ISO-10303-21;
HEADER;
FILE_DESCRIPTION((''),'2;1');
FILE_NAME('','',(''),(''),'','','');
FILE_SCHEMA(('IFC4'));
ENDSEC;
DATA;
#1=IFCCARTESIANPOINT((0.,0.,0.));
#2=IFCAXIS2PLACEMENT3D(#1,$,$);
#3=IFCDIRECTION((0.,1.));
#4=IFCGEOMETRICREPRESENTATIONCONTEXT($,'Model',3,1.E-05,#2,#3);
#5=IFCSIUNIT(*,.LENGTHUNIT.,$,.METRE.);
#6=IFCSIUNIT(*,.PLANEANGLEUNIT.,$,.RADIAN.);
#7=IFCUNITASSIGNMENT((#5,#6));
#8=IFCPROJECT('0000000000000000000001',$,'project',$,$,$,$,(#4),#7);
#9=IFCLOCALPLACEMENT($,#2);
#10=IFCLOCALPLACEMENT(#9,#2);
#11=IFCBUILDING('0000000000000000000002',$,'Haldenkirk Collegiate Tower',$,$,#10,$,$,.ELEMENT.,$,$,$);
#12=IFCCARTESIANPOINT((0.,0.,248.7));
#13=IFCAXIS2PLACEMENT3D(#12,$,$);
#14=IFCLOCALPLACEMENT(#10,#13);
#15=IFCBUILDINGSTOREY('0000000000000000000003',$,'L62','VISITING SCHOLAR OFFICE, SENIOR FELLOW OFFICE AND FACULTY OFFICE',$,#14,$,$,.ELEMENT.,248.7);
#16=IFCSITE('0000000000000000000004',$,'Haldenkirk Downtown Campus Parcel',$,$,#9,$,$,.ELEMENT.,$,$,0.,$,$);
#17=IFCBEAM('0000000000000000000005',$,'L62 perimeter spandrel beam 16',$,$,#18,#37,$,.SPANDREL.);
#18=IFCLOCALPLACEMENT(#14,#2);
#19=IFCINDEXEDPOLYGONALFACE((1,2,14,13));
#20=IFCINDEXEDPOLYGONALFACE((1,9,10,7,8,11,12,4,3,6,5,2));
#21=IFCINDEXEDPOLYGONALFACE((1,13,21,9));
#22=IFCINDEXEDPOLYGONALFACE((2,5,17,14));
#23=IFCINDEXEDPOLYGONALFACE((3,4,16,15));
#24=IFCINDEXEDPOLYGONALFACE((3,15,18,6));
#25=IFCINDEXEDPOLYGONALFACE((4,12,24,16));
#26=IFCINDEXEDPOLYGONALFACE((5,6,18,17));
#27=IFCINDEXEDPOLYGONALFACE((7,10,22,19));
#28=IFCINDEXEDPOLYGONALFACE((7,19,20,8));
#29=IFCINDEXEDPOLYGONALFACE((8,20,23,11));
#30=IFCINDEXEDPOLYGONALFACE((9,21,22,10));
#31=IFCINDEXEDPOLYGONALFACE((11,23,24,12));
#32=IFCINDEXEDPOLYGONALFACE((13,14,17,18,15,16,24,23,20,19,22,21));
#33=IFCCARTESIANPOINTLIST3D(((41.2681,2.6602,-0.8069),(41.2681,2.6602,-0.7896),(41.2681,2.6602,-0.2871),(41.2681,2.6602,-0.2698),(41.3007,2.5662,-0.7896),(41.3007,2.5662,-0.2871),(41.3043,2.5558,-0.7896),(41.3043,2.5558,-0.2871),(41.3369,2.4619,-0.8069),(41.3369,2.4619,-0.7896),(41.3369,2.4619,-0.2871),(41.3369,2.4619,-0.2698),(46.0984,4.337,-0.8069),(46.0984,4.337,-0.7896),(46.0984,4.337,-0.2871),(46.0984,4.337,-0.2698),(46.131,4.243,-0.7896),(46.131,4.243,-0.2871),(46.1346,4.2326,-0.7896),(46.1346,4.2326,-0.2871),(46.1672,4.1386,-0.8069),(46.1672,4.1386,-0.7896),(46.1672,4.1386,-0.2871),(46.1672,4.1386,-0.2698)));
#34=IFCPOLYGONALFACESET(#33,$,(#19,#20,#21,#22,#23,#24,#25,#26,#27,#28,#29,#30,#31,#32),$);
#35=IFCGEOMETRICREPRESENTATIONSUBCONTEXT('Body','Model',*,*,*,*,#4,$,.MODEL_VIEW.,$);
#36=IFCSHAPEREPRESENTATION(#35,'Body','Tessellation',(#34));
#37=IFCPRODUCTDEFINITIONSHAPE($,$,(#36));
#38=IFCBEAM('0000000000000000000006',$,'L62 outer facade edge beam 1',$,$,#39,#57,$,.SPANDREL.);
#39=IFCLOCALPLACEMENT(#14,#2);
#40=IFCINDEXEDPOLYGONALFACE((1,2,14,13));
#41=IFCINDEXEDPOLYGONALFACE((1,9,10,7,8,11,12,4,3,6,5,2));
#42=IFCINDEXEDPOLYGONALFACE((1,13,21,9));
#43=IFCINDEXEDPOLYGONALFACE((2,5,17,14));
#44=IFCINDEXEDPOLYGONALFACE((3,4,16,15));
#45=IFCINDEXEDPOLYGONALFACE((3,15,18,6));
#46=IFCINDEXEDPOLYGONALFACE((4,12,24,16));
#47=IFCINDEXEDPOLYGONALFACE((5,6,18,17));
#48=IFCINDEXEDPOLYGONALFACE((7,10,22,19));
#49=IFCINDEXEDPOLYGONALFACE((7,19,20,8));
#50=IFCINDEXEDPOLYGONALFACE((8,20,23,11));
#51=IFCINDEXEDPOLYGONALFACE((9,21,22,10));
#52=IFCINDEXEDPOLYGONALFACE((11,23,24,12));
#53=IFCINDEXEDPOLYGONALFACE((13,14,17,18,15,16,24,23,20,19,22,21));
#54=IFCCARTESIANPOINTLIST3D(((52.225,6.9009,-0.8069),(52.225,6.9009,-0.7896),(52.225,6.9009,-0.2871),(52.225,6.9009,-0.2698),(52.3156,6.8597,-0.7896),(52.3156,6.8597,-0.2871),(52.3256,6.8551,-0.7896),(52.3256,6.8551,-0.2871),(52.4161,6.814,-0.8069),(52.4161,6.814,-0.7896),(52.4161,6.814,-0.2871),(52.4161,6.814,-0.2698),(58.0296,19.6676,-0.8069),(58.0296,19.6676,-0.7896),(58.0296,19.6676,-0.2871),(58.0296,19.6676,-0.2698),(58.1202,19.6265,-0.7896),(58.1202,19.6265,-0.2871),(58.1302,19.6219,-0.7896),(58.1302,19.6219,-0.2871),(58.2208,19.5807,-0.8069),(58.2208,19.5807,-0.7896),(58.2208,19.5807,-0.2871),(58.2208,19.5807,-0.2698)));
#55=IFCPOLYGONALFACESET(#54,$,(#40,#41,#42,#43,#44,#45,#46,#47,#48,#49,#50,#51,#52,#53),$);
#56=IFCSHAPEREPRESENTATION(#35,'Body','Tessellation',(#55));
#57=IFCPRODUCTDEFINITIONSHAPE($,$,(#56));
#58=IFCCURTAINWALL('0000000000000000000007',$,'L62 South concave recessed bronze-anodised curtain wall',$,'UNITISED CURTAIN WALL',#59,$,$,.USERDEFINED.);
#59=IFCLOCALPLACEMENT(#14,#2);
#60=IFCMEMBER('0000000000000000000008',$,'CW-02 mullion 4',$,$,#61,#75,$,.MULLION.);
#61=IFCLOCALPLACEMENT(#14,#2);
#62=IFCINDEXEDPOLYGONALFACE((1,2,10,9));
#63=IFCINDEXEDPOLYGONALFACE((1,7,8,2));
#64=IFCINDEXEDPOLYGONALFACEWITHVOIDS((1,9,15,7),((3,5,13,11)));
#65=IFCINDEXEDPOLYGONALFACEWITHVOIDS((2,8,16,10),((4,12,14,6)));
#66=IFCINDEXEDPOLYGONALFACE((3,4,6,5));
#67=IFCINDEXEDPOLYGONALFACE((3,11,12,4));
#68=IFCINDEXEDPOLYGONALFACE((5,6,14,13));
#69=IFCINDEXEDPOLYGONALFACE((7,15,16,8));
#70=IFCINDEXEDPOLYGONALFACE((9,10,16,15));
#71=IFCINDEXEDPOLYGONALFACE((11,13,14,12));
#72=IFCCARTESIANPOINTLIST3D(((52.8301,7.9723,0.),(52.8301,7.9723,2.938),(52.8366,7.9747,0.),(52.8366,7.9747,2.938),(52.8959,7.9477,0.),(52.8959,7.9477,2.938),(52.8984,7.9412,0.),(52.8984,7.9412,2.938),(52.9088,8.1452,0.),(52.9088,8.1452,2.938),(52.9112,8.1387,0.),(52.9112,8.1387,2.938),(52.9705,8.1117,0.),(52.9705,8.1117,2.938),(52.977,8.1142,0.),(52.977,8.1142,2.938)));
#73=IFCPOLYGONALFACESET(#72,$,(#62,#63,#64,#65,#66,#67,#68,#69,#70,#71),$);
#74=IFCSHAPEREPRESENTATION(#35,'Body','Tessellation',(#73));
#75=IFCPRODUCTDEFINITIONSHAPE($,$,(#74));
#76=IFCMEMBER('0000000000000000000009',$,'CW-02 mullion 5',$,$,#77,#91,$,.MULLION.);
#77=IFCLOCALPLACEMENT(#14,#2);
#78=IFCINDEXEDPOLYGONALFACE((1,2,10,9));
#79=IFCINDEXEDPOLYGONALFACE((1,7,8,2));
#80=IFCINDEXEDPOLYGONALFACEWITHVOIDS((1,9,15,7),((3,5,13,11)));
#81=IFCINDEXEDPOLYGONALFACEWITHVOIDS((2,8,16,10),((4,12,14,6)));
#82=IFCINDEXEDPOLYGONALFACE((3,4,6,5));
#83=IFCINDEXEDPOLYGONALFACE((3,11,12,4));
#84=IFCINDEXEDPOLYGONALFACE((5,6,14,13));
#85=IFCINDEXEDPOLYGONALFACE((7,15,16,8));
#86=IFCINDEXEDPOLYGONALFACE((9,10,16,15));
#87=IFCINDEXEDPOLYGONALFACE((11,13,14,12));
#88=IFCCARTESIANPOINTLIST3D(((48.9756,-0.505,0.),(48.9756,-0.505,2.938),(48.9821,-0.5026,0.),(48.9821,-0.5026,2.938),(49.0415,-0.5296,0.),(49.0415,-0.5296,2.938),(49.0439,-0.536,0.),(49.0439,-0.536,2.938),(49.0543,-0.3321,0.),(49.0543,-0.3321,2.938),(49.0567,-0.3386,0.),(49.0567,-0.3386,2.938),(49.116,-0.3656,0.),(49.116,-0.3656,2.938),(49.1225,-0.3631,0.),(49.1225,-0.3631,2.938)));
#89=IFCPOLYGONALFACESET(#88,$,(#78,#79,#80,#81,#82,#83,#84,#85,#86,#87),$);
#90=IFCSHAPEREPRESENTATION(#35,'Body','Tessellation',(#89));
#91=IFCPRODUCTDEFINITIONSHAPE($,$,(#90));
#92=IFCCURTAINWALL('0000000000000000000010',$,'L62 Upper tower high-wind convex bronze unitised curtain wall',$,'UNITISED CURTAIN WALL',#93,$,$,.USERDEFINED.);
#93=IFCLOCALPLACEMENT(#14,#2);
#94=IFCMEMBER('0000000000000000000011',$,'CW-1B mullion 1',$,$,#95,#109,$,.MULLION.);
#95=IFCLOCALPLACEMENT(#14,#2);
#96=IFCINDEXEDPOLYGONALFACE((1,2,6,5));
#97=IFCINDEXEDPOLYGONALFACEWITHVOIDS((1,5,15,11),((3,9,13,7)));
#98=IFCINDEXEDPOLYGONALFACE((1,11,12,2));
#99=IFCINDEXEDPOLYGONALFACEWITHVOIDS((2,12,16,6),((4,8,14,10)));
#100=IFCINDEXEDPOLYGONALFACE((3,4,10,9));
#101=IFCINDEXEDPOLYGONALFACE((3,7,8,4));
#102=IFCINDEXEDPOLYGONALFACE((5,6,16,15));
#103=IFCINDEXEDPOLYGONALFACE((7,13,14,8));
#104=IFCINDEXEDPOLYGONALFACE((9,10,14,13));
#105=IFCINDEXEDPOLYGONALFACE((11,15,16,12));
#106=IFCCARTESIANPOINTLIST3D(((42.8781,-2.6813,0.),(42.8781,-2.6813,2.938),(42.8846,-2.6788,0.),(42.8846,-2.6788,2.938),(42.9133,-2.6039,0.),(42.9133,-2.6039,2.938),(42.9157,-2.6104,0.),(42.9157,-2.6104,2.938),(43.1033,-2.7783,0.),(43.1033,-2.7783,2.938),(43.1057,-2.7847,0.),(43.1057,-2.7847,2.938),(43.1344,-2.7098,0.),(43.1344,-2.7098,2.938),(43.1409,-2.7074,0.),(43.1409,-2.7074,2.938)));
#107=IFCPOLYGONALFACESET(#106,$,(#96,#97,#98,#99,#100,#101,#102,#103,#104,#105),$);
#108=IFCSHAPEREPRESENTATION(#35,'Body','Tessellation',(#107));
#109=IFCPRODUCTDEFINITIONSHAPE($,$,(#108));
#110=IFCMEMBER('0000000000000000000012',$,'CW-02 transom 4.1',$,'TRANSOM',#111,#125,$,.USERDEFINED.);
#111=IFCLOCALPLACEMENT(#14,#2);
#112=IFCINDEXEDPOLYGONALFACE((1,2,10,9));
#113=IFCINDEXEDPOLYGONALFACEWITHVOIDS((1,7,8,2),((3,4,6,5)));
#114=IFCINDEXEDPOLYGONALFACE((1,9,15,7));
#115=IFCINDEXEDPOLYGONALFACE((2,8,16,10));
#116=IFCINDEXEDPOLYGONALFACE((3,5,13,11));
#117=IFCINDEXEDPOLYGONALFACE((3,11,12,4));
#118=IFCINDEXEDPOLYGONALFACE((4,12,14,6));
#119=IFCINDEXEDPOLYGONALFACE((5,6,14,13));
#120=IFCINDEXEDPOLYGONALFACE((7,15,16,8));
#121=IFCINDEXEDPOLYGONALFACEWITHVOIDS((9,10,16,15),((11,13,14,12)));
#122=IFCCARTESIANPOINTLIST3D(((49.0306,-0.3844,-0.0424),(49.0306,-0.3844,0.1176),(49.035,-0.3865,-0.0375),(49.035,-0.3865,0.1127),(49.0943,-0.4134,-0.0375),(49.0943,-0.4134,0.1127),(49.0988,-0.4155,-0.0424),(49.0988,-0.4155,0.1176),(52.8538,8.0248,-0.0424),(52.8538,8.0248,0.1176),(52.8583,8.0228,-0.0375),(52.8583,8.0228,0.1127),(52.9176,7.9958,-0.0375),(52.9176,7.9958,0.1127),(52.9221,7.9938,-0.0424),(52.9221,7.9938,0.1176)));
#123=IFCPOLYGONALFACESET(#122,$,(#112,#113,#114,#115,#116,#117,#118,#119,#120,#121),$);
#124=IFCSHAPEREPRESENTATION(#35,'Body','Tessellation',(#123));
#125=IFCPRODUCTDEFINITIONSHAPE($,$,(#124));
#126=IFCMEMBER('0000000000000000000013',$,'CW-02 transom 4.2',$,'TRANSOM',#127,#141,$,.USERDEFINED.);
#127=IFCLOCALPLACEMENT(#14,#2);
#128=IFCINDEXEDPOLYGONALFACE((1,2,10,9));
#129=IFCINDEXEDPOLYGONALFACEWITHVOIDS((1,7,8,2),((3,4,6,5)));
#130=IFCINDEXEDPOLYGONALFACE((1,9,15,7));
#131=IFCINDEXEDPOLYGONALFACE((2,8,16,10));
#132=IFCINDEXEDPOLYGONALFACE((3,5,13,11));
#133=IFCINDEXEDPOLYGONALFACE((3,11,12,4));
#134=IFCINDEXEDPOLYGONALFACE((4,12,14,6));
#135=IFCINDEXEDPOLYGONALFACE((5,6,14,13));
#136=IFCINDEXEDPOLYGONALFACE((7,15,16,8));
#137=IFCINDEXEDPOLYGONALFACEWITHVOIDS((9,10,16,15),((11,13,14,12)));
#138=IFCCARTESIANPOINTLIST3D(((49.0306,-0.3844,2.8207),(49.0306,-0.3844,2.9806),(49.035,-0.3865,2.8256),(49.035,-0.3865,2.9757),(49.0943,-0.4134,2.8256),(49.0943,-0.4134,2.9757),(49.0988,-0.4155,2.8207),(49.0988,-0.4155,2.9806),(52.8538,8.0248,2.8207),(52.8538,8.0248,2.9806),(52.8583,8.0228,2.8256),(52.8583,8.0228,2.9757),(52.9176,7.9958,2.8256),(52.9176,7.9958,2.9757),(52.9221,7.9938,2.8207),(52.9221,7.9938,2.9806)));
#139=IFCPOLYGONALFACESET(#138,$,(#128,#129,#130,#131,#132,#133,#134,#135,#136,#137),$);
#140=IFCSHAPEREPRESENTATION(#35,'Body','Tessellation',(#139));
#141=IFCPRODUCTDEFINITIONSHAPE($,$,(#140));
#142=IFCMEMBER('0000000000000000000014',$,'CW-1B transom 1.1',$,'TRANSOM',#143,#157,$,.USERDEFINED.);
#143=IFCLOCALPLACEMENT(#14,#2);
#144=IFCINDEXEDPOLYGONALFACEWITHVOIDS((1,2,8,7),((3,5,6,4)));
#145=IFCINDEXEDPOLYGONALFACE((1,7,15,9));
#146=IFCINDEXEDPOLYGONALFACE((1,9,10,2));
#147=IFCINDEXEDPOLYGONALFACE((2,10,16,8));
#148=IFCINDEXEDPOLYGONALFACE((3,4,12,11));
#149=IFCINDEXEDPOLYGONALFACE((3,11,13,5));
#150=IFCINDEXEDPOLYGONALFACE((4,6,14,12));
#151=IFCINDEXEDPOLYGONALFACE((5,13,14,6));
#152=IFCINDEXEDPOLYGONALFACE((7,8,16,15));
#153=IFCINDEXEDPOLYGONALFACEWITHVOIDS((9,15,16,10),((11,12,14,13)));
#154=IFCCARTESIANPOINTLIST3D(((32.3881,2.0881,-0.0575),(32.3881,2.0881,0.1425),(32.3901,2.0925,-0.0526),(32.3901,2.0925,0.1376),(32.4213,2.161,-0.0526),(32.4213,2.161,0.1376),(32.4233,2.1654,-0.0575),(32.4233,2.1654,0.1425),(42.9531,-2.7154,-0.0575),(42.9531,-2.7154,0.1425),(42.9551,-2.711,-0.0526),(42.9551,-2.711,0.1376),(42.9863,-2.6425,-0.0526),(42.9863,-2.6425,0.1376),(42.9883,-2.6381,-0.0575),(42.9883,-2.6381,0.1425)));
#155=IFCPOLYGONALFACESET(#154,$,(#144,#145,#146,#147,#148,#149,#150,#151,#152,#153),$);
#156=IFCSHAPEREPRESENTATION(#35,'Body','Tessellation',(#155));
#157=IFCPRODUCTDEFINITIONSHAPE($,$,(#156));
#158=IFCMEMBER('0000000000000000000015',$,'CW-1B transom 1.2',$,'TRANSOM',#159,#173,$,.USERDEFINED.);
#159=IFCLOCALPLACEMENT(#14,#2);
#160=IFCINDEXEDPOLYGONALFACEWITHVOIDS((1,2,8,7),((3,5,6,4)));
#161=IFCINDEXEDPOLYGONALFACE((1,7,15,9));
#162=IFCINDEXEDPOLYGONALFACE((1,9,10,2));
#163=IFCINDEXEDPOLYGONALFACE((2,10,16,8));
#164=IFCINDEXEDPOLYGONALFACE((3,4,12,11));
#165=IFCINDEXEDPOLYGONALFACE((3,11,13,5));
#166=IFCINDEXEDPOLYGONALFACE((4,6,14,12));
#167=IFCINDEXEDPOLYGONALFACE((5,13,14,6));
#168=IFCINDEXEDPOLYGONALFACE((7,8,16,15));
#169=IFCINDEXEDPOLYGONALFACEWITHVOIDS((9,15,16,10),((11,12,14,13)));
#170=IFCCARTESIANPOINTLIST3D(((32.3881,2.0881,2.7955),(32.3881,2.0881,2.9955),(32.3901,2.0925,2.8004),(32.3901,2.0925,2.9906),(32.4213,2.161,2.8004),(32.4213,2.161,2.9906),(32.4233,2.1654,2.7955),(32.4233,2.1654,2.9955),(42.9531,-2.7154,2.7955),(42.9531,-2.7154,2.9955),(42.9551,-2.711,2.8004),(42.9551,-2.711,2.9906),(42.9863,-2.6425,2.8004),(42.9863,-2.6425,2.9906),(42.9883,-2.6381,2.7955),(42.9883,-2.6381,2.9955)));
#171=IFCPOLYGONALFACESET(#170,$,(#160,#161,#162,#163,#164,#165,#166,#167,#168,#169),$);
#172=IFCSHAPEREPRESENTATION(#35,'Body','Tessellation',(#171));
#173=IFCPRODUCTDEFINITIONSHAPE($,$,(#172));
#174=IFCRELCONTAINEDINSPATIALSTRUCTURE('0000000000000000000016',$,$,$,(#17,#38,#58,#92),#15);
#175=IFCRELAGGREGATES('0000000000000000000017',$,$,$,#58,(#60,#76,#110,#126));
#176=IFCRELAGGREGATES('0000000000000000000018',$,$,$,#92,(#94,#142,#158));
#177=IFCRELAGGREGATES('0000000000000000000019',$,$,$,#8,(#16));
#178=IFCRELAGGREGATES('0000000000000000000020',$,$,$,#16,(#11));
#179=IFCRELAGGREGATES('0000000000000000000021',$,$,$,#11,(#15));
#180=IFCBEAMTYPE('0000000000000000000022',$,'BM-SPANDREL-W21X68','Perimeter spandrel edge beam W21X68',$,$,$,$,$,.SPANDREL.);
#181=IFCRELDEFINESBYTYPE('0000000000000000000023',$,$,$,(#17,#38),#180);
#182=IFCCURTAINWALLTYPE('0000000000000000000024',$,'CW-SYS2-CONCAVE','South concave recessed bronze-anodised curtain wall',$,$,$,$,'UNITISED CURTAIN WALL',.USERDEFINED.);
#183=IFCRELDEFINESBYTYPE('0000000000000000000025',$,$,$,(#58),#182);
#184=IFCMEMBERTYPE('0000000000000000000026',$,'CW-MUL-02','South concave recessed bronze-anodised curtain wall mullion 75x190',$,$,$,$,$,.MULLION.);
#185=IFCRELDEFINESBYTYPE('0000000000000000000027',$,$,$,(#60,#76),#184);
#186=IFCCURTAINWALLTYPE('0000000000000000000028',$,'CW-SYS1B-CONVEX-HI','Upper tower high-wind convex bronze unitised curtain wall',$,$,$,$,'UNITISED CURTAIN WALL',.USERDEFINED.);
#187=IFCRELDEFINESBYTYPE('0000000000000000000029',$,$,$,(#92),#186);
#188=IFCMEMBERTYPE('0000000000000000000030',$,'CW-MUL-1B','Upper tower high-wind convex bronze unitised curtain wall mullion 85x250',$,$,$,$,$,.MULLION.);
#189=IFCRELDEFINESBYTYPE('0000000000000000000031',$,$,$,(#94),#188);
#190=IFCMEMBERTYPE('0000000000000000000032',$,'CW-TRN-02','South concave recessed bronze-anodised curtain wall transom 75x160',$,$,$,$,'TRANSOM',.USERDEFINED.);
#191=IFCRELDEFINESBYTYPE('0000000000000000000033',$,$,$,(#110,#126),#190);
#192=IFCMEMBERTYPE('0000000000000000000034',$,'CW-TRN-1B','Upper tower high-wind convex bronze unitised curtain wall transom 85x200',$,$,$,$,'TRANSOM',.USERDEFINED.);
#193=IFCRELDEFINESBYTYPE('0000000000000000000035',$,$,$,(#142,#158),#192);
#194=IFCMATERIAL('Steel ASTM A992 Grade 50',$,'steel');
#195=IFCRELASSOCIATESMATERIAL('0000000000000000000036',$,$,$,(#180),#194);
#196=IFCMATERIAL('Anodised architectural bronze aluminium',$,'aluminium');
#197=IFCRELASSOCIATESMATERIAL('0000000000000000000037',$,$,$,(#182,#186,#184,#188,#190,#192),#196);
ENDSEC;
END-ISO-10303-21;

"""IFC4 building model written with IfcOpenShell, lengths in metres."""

from ifc_helpers import new_model, si_unit, direction, frame, origin, origin_2d, place, context, subcontext, project, spatial, hollow_rectangle, i_section, extrude, material, material_profile, profile_set, type_object, element, aggregate, save


model = new_model("IFC4")

# Units and contexts
model_context = context("Model", 3, precision=1e-05, world=origin(), true_north=direction((0.0, 1.0)))
body_context = subcontext(model_context, "Body", "Model", "MODEL_VIEW")
ifc_project = project(units=[si_unit("LENGTHUNIT", "METRE"), si_unit("PLANEANGLEUNIT", "RADIAN")], contexts=[model_context])

# Site, building, storey
site_placement = place(None, origin())
site = spatial("IfcSite", under=ifc_project, at=site_placement, Name="Haldenkirk Downtown Campus Parcel", CompositionType="ELEMENT", RefElevation=0.0)
building_placement = place(site_placement, origin())
building = spatial("IfcBuilding", under=site, at=building_placement, Name="Haldenkirk Collegiate Tower", CompositionType="ELEMENT")
storey_placement = place(building_placement, frame((0.0, 0.0, 248.7)))
storey = spatial("IfcBuildingStorey", under=building, at=storey_placement, Name="L62", Description="VISITING SCHOLAR OFFICE, SENIOR FELLOW OFFICE AND FACULTY OFFICE", CompositionType="ELEMENT", Elevation=248.7)

# Beams
ifc_material_1 = material(Name="Steel ASTM A992 Grade 50", Category="steel")
ifc_material_profile_1 = material_profile(ifc_material_1, i_section(OverallWidth=0.21, OverallDepth=0.5371, WebThickness=0.011, FlangeThickness=0.0173, at=origin_2d()), Name="W21X68")
ifc_profile_set_1 = profile_set([ifc_material_profile_1], Name="Steel ASTM A992 Grade 50")
beam_type_1 = type_object("IfcBeamType", Name="BM-SPANDREL-W21X68", Description="Perimeter spandrel edge beam W21X68", PredefinedType="SPANDREL", material=ifc_profile_set_1)
beam_1_placement = place(storey_placement, frame((41.3025, 2.561, -0.5383), z_axis=(0.9447, 0.327935, 0.0), x_axis=(-0.327935, 0.9447, 0.0)))
element("IfcBeam", 1, at=beam_1_placement, inside=storey, type_object=beam_type_1, Name="L62 perimeter spandrel beam 16", PredefinedType="SPANDREL", context=body_context, shape_type="SweptSolid", body=[
    extrude(i_section(OverallWidth=0.21, OverallDepth=0.5371, WebThickness=0.011, FlangeThickness=0.0173, at=origin_2d()), origin(), (0.0, 0.0, 1.0), 5.113),
])
beam_2_placement = place(storey_placement, frame((52.3206, 6.8574, -0.5383), z_axis=(0.413896, 0.910324, 0.0), x_axis=(-0.910324, 0.413896, 0.0)))
element("IfcBeam", 2, at=beam_2_placement, inside=storey, type_object=beam_type_1, Name="L62 outer facade edge beam 1", PredefinedType="SPANDREL", context=body_context, shape_type="SweptSolid", body=[
    extrude(i_section(OverallWidth=0.21, OverallDepth=0.5371, WebThickness=0.011, FlangeThickness=0.0173, at=origin_2d()), origin(), (0.0, 0.0, 1.0), 14.0244),
])

# Curtain wall, members
ifc_material_2 = material(Name="Anodised architectural bronze aluminium", Category="aluminium")
curtain_wall_type_1 = type_object("IfcCurtainWallType", Name="CW-SYS2-CONCAVE", Description="South concave recessed bronze-anodised curtain wall", ElementType="UNITISED CURTAIN WALL", PredefinedType="USERDEFINED", material=ifc_material_2)
curtain_wall_1_placement = place(storey_placement, origin())
curtain_wall_1 = element("IfcCurtainWall", 3, at=curtain_wall_1_placement, inside=storey, type_object=curtain_wall_type_1, Name="L62 South concave recessed bronze-anodised curtain wall", ObjectType="UNITISED CURTAIN WALL", PredefinedType="USERDEFINED")
ifc_material_profile_2 = material_profile(ifc_material_2, hollow_rectangle(XDim=0.075, YDim=0.1899, WallThickness=0.0049, at=origin_2d()), Name="CW-MUL-02")
ifc_profile_set_2 = profile_set([ifc_material_profile_2], Name="Anodised architectural bronze aluminium")
member_type_1 = type_object("IfcMemberType", Name="CW-MUL-02", Description="South concave recessed bronze-anodised curtain wall mullion 75x190", PredefinedType="MULLION", material=ifc_profile_set_2)
member_1_placement = place(storey_placement, frame((52.9036, 8.0432, 0.0), z_axis=(0.0, 0.0, 1.0), x_axis=(0.910323, -0.413898, 0.0)))
member_1 = element("IfcMember", 4, at=member_1_placement, type_object=member_type_1, Name="CW-02 mullion 4", PredefinedType="MULLION", context=body_context, shape_type="SweptSolid", body=[
    extrude(hollow_rectangle(XDim=0.075, YDim=0.1899, WallThickness=0.0049, at=origin_2d()), origin(), (0.0, 0.0, 1.0), 2.938),
])
member_2_placement = place(storey_placement, frame((49.0491, -0.4341, 0.0), z_axis=(0.0, 0.0, 1.0), x_axis=(0.910323, -0.413898, 0.0)))
member_2 = element("IfcMember", 5, at=member_2_placement, type_object=member_type_1, Name="CW-02 mullion 5", PredefinedType="MULLION", context=body_context, shape_type="SweptSolid", body=[
    extrude(hollow_rectangle(XDim=0.075, YDim=0.1899, WallThickness=0.0049, at=origin_2d()), origin(), (0.0, 0.0, 1.0), 2.938),
])

# Curtain wall, member
curtain_wall_type_2 = type_object("IfcCurtainWallType", Name="CW-SYS1B-CONVEX-HI", Description="Upper tower high-wind convex bronze unitised curtain wall", ElementType="UNITISED CURTAIN WALL", PredefinedType="USERDEFINED", material=ifc_material_2)
curtain_wall_2_placement = place(storey_placement, origin())
curtain_wall_2 = element("IfcCurtainWall", 6, at=curtain_wall_2_placement, inside=storey, type_object=curtain_wall_type_2, Name="L62 Upper tower high-wind convex bronze unitised curtain wall", ObjectType="UNITISED CURTAIN WALL", PredefinedType="USERDEFINED")
ifc_material_profile_3 = material_profile(ifc_material_2, hollow_rectangle(XDim=0.085, YDim=0.25, WallThickness=0.0049, at=origin_2d()), Name="CW-MUL-1B")
ifc_profile_set_3 = profile_set([ifc_material_profile_3], Name="Anodised architectural bronze aluminium")
member_type_2 = type_object("IfcMemberType", Name="CW-MUL-1B", Description="Upper tower high-wind convex bronze unitised curtain wall mullion 85x250", PredefinedType="MULLION", material=ifc_profile_set_3)
member_3_placement = place(storey_placement, frame((43.0095, -2.6943, 0.0), z_axis=(0.0, 0.0, 1.0), x_axis=(-0.413898, -0.910323, 0.0)))
member_3 = element("IfcMember", 7, at=member_3_placement, type_object=member_type_2, Name="CW-1B mullion 1", PredefinedType="MULLION", context=body_context, shape_type="SweptSolid", body=[
    extrude(hollow_rectangle(XDim=0.085, YDim=0.25, WallThickness=0.0049, at=origin_2d()), origin(), (0.0, 0.0, 1.0), 2.938),
])

# Members
ifc_material_profile_4 = material_profile(ifc_material_2, hollow_rectangle(XDim=0.075, YDim=0.1599, WallThickness=0.0049, at=origin_2d()), Name="CW-TRN-02")
ifc_profile_set_4 = profile_set([ifc_material_profile_4], Name="Anodised architectural bronze aluminium")
member_type_3 = type_object("IfcMemberType", Name="CW-TRN-02", Description="South concave recessed bronze-anodised curtain wall transom 75x160", ElementType="TRANSOM", PredefinedType="USERDEFINED", material=ifc_profile_set_4)
member_4_placement = place(storey_placement, frame((52.8879, 8.0093, 0.0376), z_axis=(-0.413883, -0.91033, 0.0), x_axis=(0.91033, -0.413883, 0.0)))
member_4 = element("IfcMember", 8, at=member_4_placement, type_object=member_type_3, Name="CW-02 transom 4.1", ObjectType="TRANSOM", PredefinedType="USERDEFINED", context=body_context, shape_type="SweptSolid", body=[
    extrude(hollow_rectangle(XDim=0.075, YDim=0.1599, WallThickness=0.0049, at=origin_2d()), origin(), (0.0, 0.0, 1.0), 9.2375),
])
member_5_placement = place(storey_placement, frame((52.8879, 8.0093, 2.9006), z_axis=(-0.413883, -0.91033, 0.0), x_axis=(0.91033, -0.413883, 0.0)))
member_5 = element("IfcMember", 9, at=member_5_placement, type_object=member_type_3, Name="CW-02 transom 4.2", ObjectType="TRANSOM", PredefinedType="USERDEFINED", context=body_context, shape_type="SweptSolid", body=[
    extrude(hollow_rectangle(XDim=0.075, YDim=0.1599, WallThickness=0.0049, at=origin_2d()), origin(), (0.0, 0.0, 1.0), 9.2375),
])
ifc_material_profile_5 = material_profile(ifc_material_2, hollow_rectangle(XDim=0.085, YDim=0.2, WallThickness=0.0049, at=origin_2d()), Name="CW-TRN-1B")
ifc_profile_set_5 = profile_set([ifc_material_profile_5], Name="Anodised architectural bronze aluminium")
member_type_4 = type_object("IfcMemberType", Name="CW-TRN-1B", Description="Upper tower high-wind convex bronze unitised curtain wall transom 85x200", ElementType="TRANSOM", PredefinedType="USERDEFINED", material=ifc_profile_set_5)
member_6_placement = place(storey_placement, frame((42.9707, -2.6768, 0.0425), z_axis=(-0.910327, 0.41389, 0.0), x_axis=(-0.41389, -0.910327, 0.0)))
member_6 = element("IfcMember", 10, at=member_6_placement, type_object=member_type_4, Name="CW-1B transom 1.1", ObjectType="TRANSOM", PredefinedType="USERDEFINED", context=body_context, shape_type="SweptSolid", body=[
    extrude(hollow_rectangle(XDim=0.085, YDim=0.2, WallThickness=0.0049, at=origin_2d()), origin(), (0.0, 0.0, 1.0), 11.6057),
])
member_7_placement = place(storey_placement, frame((42.9707, -2.6768, 2.8955), z_axis=(-0.910327, 0.41389, 0.0), x_axis=(-0.41389, -0.910327, 0.0)))
member_7 = element("IfcMember", 11, at=member_7_placement, type_object=member_type_4, Name="CW-1B transom 1.2", ObjectType="TRANSOM", PredefinedType="USERDEFINED", context=body_context, shape_type="SweptSolid", body=[
    extrude(hollow_rectangle(XDim=0.085, YDim=0.2, WallThickness=0.0049, at=origin_2d()), origin(), (0.0, 0.0, 1.0), 11.6057),
])

aggregate(curtain_wall_1, [member_1, member_2, member_4, member_5])
aggregate(curtain_wall_2, [member_3, member_6, member_7])

save(model, "model.ifc")
